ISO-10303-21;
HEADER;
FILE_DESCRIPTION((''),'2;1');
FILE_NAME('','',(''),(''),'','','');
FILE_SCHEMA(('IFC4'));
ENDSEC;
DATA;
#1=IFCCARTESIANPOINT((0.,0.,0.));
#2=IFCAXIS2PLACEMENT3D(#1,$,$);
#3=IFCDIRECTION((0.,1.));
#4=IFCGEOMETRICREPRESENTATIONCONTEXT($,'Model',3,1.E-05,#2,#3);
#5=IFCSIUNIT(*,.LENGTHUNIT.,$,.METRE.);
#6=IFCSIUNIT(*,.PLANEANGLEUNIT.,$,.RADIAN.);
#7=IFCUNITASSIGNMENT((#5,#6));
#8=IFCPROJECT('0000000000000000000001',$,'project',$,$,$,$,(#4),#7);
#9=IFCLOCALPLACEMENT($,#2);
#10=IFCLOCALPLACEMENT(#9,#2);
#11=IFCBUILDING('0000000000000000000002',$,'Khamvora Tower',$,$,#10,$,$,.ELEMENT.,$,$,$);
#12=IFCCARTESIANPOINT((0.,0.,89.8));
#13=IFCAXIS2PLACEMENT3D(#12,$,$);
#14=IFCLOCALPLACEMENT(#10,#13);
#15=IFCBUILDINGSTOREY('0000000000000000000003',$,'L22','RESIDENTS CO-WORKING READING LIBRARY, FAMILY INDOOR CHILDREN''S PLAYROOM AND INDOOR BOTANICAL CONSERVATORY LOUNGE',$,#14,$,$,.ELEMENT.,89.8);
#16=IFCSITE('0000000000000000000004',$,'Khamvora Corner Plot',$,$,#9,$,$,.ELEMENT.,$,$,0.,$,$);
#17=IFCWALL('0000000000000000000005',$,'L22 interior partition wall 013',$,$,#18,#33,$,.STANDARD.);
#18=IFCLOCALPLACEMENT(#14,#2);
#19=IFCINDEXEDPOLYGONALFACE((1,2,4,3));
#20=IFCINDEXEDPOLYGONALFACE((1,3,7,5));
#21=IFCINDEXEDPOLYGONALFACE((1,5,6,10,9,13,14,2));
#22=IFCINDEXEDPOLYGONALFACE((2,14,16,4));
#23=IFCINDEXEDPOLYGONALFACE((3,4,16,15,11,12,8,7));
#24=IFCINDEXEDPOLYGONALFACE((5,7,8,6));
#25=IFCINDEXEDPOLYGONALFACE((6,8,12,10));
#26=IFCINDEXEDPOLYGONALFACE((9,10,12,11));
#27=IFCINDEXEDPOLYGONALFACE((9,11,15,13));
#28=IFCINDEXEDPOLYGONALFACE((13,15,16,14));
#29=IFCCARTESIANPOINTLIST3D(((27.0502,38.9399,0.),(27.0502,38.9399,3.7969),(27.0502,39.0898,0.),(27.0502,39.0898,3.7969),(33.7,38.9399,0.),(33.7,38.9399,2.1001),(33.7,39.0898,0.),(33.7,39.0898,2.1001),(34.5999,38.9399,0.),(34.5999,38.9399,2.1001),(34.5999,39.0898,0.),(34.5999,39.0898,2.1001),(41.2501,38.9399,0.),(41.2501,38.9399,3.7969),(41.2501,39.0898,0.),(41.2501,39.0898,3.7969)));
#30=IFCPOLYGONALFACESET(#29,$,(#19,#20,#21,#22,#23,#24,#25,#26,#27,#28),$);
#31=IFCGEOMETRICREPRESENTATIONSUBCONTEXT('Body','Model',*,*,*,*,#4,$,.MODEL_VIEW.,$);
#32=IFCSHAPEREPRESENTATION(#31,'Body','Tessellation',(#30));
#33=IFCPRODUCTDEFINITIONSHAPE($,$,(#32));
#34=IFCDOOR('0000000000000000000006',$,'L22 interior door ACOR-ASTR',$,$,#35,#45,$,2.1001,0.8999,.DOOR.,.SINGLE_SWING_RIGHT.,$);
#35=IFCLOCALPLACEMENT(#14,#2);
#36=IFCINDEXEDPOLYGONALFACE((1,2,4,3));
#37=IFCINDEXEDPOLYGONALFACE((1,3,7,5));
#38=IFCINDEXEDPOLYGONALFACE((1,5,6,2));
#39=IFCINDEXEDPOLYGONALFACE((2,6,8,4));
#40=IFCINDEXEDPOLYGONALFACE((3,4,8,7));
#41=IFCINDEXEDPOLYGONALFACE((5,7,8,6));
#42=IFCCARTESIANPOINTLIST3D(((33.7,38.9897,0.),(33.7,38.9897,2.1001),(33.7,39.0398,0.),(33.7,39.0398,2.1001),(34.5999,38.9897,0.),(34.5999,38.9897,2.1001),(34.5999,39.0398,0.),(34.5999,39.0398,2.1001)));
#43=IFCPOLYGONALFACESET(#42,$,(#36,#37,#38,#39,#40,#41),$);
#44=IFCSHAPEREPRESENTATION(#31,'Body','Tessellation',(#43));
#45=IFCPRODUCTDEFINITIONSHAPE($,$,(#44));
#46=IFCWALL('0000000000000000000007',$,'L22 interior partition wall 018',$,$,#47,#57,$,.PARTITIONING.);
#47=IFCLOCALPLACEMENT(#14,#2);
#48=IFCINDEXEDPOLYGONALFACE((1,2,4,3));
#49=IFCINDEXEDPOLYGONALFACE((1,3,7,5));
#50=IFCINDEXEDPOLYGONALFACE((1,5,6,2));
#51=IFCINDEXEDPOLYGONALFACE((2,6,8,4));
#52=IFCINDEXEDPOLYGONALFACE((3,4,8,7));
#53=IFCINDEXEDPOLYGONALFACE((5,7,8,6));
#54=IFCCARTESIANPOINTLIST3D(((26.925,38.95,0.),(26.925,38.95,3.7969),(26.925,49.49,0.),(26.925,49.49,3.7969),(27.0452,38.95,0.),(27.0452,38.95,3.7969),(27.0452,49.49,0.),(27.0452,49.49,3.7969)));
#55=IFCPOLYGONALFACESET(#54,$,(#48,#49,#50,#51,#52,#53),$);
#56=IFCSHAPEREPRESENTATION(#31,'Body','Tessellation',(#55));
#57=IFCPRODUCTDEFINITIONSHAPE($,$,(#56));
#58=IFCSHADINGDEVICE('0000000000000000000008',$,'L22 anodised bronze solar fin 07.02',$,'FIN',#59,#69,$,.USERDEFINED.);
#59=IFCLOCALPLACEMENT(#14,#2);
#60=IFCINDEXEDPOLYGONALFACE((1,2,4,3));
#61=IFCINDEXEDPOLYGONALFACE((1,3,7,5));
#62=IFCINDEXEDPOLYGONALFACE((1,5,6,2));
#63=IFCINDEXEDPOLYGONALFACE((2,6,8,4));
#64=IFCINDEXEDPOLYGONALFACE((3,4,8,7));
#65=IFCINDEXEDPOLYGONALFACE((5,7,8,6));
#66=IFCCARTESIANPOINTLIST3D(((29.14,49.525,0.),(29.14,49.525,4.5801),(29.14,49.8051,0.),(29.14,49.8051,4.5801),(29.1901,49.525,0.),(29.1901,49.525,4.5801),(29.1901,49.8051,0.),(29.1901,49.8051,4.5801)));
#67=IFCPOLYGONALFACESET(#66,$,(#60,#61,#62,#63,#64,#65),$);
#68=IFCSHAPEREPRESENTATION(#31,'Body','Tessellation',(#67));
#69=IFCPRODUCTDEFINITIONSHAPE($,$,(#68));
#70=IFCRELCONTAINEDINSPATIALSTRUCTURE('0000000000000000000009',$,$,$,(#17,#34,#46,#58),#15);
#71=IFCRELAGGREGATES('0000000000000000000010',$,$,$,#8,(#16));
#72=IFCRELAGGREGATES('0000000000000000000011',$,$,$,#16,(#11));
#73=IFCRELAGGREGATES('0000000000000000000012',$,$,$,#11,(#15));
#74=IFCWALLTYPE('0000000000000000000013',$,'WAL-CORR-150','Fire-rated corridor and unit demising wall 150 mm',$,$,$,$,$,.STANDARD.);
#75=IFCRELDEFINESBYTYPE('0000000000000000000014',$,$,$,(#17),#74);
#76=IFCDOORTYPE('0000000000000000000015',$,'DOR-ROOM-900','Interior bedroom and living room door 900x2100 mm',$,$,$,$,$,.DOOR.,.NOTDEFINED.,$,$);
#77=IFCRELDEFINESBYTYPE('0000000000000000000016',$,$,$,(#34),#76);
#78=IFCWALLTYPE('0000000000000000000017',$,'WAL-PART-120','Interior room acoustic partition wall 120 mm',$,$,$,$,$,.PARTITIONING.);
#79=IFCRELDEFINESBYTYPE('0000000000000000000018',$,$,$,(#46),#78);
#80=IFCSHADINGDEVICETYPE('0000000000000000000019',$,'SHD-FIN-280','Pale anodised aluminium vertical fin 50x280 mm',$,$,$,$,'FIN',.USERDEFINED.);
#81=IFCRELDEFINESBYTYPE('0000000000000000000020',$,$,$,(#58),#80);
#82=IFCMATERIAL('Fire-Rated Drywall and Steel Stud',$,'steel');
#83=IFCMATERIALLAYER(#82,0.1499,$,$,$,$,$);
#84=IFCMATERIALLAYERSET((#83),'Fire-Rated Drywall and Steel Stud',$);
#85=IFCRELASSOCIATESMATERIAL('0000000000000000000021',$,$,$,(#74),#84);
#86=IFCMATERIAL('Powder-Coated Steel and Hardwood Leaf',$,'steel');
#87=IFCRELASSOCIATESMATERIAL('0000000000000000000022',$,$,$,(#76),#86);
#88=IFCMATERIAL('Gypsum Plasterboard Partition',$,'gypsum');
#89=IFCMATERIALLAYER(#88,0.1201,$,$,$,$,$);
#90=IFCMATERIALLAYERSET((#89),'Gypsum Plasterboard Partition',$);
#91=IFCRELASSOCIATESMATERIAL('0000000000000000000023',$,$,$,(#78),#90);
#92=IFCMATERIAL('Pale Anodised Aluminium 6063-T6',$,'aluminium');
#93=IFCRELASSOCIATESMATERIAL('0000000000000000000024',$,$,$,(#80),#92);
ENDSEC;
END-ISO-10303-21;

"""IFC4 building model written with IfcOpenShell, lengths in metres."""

from ifc_helpers import new_model, si_unit, direction, frame, frame_2d, origin, origin_2d, place, context, subcontext, project, spatial, rectangle, extrude, material, layer, layer_set, type_object, element, fill, save


model = new_model("IFC4")

# Units and contexts
model_context = context("Model", 3, precision=1e-05, world=origin(), true_north=direction((0.0, 1.0)))
body_context = subcontext(model_context, "Body", "Model", "MODEL_VIEW")
ifc_project = project(units=[si_unit("LENGTHUNIT", "METRE"), si_unit("PLANEANGLEUNIT", "RADIAN")], contexts=[model_context])

# Site, building, storey
site_placement = place(None, origin())
site = spatial("IfcSite", under=ifc_project, at=site_placement, Name="Khamvora Corner Plot", CompositionType="ELEMENT", RefElevation=0.0)
building_placement = place(site_placement, origin())
building = spatial("IfcBuilding", under=site, at=building_placement, Name="Khamvora Tower", CompositionType="ELEMENT")
storey_placement = place(building_placement, frame((0.0, 0.0, 89.8)))
storey = spatial("IfcBuildingStorey", under=building, at=storey_placement, Name="L22", Description="RESIDENTS CO-WORKING READING LIBRARY, FAMILY INDOOR CHILDREN'S PLAYROOM AND INDOOR BOTANICAL CONSERVATORY LOUNGE", CompositionType="ELEMENT", Elevation=89.8)

# Wall, opening, door
ifc_material_1 = material(Name="Powder-Coated Steel and Hardwood Leaf", Category="steel")
ifc_material_2 = material(Name="Fire-Rated Drywall and Steel Stud", Category="steel")
ifc_layer_1 = layer(ifc_material_2, 0.1499)
ifc_layer_set_1 = layer_set([ifc_layer_1], Name="Fire-Rated Drywall and Steel Stud")
wall_type_1 = type_object("IfcWallType", Name="WAL-CORR-150", Description="Fire-rated corridor and unit demising wall 150 mm", PredefinedType="STANDARD", material=ifc_layer_set_1)
wall_1_placement = place(storey_placement, frame((27.05, 39.0149, 0.0), z_axis=(0.0, 0.0, 1.0), x_axis=(1.0, 0.0, 0.0)))
wall_1 = element("IfcWall", 1, at=wall_1_placement, inside=storey, type_object=wall_type_1, Name="L22 interior partition wall 013", PredefinedType="STANDARD", context=body_context, shape_type="SweptSolid", body=[
    extrude(rectangle(XDim=14.2, YDim=0.1499, at=frame_2d((7.1001, 0.0))), origin(), (0.0, 0.0, 1.0), 3.7969),
])
opening_1_placement = place(wall_1_placement, frame((6.6499, 0.0, 0.0)))
opening_1 = element("IfcOpeningElement", 2, at=opening_1_placement, cuts=wall_1, PredefinedType="OPENING", context=body_context, shape_type="SweptSolid", body=[
    extrude(rectangle(XDim=0.8999, YDim=2.1001, at=frame_2d((0.45, 1.05))), frame((0.0, 0.085, 0.0), z_axis=(0.0, -1.0, 0.0), x_axis=(1.0, 0.0, 0.0)), (0.0, 0.0, 1.0), 0.1699),
])
door_type_1 = type_object("IfcDoorType", Name="DOR-ROOM-900", Description="Interior bedroom and living room door 900x2100 mm", OperationType="NOTDEFINED", PredefinedType="DOOR", material=ifc_material_1)
door_1_placement = place(opening_1_placement, origin())
door_1 = element("IfcDoor", 3, at=door_1_placement, inside=storey, type_object=door_type_1, Name="L22 interior door ACOR-ASTR", OperationType="SINGLE_SWING_RIGHT", OverallHeight=2.1001, OverallWidth=0.8999, PredefinedType="DOOR", context=body_context, shape_type="SweptSolid", body=[
    extrude(rectangle(XDim=0.8999, YDim=2.1001, at=frame_2d((0.45, 1.05))), frame((0.0, 0.0249, 0.0), z_axis=(0.0, -1.0, 0.0), x_axis=(1.0, 0.0, 0.0)), (0.0, 0.0, 1.0), 0.05),
])
fill(opening_1, door_1)

# Wall
ifc_material_3 = material(Name="Gypsum Plasterboard Partition", Category="gypsum")
ifc_layer_2 = layer(ifc_material_3, 0.1201)
ifc_layer_set_2 = layer_set([ifc_layer_2], Name="Gypsum Plasterboard Partition")
wall_type_2 = type_object("IfcWallType", Name="WAL-PART-120", Description="Interior room acoustic partition wall 120 mm", PredefinedType="PARTITIONING", material=ifc_layer_set_2)
wall_2_placement = place(storey_placement, frame((26.9851, 49.49, 0.0), z_axis=(0.0, 0.0, 1.0), x_axis=(0.0, -1.0, 0.0)))
element("IfcWall", 4, at=wall_2_placement, inside=storey, type_object=wall_type_2, Name="L22 interior partition wall 018", PredefinedType="PARTITIONING", context=body_context, shape_type="SweptSolid", body=[
    extrude(rectangle(XDim=10.54, YDim=0.1201, at=frame_2d((5.27, 0.0))), origin(), (0.0, 0.0, 1.0), 3.7969),
])

# Shading device
ifc_material_4 = material(Name="Pale Anodised Aluminium 6063-T6", Category="aluminium")
shading_device_type = type_object("IfcShadingDeviceType", Name="SHD-FIN-280", Description="Pale anodised aluminium vertical fin 50x280 mm", ElementType="FIN", PredefinedType="USERDEFINED", material=ifc_material_4)
shading_device_placement = place(storey_placement, frame((29.165, 49.665, 0.0), z_axis=(0.0, 0.0, 1.0), x_axis=(1.0, 0.0, 0.0)))
element("IfcShadingDevice", 5, at=shading_device_placement, inside=storey, type_object=shading_device_type, Name="L22 anodised bronze solar fin 07.02", ObjectType="FIN", PredefinedType="USERDEFINED", context=body_context, shape_type="SweptSolid", body=[
    extrude(rectangle(XDim=0.05, YDim=0.28, at=origin_2d()), origin(), (0.0, 0.0, 1.0), 4.5801),
])

save(model, "model.ifc")
